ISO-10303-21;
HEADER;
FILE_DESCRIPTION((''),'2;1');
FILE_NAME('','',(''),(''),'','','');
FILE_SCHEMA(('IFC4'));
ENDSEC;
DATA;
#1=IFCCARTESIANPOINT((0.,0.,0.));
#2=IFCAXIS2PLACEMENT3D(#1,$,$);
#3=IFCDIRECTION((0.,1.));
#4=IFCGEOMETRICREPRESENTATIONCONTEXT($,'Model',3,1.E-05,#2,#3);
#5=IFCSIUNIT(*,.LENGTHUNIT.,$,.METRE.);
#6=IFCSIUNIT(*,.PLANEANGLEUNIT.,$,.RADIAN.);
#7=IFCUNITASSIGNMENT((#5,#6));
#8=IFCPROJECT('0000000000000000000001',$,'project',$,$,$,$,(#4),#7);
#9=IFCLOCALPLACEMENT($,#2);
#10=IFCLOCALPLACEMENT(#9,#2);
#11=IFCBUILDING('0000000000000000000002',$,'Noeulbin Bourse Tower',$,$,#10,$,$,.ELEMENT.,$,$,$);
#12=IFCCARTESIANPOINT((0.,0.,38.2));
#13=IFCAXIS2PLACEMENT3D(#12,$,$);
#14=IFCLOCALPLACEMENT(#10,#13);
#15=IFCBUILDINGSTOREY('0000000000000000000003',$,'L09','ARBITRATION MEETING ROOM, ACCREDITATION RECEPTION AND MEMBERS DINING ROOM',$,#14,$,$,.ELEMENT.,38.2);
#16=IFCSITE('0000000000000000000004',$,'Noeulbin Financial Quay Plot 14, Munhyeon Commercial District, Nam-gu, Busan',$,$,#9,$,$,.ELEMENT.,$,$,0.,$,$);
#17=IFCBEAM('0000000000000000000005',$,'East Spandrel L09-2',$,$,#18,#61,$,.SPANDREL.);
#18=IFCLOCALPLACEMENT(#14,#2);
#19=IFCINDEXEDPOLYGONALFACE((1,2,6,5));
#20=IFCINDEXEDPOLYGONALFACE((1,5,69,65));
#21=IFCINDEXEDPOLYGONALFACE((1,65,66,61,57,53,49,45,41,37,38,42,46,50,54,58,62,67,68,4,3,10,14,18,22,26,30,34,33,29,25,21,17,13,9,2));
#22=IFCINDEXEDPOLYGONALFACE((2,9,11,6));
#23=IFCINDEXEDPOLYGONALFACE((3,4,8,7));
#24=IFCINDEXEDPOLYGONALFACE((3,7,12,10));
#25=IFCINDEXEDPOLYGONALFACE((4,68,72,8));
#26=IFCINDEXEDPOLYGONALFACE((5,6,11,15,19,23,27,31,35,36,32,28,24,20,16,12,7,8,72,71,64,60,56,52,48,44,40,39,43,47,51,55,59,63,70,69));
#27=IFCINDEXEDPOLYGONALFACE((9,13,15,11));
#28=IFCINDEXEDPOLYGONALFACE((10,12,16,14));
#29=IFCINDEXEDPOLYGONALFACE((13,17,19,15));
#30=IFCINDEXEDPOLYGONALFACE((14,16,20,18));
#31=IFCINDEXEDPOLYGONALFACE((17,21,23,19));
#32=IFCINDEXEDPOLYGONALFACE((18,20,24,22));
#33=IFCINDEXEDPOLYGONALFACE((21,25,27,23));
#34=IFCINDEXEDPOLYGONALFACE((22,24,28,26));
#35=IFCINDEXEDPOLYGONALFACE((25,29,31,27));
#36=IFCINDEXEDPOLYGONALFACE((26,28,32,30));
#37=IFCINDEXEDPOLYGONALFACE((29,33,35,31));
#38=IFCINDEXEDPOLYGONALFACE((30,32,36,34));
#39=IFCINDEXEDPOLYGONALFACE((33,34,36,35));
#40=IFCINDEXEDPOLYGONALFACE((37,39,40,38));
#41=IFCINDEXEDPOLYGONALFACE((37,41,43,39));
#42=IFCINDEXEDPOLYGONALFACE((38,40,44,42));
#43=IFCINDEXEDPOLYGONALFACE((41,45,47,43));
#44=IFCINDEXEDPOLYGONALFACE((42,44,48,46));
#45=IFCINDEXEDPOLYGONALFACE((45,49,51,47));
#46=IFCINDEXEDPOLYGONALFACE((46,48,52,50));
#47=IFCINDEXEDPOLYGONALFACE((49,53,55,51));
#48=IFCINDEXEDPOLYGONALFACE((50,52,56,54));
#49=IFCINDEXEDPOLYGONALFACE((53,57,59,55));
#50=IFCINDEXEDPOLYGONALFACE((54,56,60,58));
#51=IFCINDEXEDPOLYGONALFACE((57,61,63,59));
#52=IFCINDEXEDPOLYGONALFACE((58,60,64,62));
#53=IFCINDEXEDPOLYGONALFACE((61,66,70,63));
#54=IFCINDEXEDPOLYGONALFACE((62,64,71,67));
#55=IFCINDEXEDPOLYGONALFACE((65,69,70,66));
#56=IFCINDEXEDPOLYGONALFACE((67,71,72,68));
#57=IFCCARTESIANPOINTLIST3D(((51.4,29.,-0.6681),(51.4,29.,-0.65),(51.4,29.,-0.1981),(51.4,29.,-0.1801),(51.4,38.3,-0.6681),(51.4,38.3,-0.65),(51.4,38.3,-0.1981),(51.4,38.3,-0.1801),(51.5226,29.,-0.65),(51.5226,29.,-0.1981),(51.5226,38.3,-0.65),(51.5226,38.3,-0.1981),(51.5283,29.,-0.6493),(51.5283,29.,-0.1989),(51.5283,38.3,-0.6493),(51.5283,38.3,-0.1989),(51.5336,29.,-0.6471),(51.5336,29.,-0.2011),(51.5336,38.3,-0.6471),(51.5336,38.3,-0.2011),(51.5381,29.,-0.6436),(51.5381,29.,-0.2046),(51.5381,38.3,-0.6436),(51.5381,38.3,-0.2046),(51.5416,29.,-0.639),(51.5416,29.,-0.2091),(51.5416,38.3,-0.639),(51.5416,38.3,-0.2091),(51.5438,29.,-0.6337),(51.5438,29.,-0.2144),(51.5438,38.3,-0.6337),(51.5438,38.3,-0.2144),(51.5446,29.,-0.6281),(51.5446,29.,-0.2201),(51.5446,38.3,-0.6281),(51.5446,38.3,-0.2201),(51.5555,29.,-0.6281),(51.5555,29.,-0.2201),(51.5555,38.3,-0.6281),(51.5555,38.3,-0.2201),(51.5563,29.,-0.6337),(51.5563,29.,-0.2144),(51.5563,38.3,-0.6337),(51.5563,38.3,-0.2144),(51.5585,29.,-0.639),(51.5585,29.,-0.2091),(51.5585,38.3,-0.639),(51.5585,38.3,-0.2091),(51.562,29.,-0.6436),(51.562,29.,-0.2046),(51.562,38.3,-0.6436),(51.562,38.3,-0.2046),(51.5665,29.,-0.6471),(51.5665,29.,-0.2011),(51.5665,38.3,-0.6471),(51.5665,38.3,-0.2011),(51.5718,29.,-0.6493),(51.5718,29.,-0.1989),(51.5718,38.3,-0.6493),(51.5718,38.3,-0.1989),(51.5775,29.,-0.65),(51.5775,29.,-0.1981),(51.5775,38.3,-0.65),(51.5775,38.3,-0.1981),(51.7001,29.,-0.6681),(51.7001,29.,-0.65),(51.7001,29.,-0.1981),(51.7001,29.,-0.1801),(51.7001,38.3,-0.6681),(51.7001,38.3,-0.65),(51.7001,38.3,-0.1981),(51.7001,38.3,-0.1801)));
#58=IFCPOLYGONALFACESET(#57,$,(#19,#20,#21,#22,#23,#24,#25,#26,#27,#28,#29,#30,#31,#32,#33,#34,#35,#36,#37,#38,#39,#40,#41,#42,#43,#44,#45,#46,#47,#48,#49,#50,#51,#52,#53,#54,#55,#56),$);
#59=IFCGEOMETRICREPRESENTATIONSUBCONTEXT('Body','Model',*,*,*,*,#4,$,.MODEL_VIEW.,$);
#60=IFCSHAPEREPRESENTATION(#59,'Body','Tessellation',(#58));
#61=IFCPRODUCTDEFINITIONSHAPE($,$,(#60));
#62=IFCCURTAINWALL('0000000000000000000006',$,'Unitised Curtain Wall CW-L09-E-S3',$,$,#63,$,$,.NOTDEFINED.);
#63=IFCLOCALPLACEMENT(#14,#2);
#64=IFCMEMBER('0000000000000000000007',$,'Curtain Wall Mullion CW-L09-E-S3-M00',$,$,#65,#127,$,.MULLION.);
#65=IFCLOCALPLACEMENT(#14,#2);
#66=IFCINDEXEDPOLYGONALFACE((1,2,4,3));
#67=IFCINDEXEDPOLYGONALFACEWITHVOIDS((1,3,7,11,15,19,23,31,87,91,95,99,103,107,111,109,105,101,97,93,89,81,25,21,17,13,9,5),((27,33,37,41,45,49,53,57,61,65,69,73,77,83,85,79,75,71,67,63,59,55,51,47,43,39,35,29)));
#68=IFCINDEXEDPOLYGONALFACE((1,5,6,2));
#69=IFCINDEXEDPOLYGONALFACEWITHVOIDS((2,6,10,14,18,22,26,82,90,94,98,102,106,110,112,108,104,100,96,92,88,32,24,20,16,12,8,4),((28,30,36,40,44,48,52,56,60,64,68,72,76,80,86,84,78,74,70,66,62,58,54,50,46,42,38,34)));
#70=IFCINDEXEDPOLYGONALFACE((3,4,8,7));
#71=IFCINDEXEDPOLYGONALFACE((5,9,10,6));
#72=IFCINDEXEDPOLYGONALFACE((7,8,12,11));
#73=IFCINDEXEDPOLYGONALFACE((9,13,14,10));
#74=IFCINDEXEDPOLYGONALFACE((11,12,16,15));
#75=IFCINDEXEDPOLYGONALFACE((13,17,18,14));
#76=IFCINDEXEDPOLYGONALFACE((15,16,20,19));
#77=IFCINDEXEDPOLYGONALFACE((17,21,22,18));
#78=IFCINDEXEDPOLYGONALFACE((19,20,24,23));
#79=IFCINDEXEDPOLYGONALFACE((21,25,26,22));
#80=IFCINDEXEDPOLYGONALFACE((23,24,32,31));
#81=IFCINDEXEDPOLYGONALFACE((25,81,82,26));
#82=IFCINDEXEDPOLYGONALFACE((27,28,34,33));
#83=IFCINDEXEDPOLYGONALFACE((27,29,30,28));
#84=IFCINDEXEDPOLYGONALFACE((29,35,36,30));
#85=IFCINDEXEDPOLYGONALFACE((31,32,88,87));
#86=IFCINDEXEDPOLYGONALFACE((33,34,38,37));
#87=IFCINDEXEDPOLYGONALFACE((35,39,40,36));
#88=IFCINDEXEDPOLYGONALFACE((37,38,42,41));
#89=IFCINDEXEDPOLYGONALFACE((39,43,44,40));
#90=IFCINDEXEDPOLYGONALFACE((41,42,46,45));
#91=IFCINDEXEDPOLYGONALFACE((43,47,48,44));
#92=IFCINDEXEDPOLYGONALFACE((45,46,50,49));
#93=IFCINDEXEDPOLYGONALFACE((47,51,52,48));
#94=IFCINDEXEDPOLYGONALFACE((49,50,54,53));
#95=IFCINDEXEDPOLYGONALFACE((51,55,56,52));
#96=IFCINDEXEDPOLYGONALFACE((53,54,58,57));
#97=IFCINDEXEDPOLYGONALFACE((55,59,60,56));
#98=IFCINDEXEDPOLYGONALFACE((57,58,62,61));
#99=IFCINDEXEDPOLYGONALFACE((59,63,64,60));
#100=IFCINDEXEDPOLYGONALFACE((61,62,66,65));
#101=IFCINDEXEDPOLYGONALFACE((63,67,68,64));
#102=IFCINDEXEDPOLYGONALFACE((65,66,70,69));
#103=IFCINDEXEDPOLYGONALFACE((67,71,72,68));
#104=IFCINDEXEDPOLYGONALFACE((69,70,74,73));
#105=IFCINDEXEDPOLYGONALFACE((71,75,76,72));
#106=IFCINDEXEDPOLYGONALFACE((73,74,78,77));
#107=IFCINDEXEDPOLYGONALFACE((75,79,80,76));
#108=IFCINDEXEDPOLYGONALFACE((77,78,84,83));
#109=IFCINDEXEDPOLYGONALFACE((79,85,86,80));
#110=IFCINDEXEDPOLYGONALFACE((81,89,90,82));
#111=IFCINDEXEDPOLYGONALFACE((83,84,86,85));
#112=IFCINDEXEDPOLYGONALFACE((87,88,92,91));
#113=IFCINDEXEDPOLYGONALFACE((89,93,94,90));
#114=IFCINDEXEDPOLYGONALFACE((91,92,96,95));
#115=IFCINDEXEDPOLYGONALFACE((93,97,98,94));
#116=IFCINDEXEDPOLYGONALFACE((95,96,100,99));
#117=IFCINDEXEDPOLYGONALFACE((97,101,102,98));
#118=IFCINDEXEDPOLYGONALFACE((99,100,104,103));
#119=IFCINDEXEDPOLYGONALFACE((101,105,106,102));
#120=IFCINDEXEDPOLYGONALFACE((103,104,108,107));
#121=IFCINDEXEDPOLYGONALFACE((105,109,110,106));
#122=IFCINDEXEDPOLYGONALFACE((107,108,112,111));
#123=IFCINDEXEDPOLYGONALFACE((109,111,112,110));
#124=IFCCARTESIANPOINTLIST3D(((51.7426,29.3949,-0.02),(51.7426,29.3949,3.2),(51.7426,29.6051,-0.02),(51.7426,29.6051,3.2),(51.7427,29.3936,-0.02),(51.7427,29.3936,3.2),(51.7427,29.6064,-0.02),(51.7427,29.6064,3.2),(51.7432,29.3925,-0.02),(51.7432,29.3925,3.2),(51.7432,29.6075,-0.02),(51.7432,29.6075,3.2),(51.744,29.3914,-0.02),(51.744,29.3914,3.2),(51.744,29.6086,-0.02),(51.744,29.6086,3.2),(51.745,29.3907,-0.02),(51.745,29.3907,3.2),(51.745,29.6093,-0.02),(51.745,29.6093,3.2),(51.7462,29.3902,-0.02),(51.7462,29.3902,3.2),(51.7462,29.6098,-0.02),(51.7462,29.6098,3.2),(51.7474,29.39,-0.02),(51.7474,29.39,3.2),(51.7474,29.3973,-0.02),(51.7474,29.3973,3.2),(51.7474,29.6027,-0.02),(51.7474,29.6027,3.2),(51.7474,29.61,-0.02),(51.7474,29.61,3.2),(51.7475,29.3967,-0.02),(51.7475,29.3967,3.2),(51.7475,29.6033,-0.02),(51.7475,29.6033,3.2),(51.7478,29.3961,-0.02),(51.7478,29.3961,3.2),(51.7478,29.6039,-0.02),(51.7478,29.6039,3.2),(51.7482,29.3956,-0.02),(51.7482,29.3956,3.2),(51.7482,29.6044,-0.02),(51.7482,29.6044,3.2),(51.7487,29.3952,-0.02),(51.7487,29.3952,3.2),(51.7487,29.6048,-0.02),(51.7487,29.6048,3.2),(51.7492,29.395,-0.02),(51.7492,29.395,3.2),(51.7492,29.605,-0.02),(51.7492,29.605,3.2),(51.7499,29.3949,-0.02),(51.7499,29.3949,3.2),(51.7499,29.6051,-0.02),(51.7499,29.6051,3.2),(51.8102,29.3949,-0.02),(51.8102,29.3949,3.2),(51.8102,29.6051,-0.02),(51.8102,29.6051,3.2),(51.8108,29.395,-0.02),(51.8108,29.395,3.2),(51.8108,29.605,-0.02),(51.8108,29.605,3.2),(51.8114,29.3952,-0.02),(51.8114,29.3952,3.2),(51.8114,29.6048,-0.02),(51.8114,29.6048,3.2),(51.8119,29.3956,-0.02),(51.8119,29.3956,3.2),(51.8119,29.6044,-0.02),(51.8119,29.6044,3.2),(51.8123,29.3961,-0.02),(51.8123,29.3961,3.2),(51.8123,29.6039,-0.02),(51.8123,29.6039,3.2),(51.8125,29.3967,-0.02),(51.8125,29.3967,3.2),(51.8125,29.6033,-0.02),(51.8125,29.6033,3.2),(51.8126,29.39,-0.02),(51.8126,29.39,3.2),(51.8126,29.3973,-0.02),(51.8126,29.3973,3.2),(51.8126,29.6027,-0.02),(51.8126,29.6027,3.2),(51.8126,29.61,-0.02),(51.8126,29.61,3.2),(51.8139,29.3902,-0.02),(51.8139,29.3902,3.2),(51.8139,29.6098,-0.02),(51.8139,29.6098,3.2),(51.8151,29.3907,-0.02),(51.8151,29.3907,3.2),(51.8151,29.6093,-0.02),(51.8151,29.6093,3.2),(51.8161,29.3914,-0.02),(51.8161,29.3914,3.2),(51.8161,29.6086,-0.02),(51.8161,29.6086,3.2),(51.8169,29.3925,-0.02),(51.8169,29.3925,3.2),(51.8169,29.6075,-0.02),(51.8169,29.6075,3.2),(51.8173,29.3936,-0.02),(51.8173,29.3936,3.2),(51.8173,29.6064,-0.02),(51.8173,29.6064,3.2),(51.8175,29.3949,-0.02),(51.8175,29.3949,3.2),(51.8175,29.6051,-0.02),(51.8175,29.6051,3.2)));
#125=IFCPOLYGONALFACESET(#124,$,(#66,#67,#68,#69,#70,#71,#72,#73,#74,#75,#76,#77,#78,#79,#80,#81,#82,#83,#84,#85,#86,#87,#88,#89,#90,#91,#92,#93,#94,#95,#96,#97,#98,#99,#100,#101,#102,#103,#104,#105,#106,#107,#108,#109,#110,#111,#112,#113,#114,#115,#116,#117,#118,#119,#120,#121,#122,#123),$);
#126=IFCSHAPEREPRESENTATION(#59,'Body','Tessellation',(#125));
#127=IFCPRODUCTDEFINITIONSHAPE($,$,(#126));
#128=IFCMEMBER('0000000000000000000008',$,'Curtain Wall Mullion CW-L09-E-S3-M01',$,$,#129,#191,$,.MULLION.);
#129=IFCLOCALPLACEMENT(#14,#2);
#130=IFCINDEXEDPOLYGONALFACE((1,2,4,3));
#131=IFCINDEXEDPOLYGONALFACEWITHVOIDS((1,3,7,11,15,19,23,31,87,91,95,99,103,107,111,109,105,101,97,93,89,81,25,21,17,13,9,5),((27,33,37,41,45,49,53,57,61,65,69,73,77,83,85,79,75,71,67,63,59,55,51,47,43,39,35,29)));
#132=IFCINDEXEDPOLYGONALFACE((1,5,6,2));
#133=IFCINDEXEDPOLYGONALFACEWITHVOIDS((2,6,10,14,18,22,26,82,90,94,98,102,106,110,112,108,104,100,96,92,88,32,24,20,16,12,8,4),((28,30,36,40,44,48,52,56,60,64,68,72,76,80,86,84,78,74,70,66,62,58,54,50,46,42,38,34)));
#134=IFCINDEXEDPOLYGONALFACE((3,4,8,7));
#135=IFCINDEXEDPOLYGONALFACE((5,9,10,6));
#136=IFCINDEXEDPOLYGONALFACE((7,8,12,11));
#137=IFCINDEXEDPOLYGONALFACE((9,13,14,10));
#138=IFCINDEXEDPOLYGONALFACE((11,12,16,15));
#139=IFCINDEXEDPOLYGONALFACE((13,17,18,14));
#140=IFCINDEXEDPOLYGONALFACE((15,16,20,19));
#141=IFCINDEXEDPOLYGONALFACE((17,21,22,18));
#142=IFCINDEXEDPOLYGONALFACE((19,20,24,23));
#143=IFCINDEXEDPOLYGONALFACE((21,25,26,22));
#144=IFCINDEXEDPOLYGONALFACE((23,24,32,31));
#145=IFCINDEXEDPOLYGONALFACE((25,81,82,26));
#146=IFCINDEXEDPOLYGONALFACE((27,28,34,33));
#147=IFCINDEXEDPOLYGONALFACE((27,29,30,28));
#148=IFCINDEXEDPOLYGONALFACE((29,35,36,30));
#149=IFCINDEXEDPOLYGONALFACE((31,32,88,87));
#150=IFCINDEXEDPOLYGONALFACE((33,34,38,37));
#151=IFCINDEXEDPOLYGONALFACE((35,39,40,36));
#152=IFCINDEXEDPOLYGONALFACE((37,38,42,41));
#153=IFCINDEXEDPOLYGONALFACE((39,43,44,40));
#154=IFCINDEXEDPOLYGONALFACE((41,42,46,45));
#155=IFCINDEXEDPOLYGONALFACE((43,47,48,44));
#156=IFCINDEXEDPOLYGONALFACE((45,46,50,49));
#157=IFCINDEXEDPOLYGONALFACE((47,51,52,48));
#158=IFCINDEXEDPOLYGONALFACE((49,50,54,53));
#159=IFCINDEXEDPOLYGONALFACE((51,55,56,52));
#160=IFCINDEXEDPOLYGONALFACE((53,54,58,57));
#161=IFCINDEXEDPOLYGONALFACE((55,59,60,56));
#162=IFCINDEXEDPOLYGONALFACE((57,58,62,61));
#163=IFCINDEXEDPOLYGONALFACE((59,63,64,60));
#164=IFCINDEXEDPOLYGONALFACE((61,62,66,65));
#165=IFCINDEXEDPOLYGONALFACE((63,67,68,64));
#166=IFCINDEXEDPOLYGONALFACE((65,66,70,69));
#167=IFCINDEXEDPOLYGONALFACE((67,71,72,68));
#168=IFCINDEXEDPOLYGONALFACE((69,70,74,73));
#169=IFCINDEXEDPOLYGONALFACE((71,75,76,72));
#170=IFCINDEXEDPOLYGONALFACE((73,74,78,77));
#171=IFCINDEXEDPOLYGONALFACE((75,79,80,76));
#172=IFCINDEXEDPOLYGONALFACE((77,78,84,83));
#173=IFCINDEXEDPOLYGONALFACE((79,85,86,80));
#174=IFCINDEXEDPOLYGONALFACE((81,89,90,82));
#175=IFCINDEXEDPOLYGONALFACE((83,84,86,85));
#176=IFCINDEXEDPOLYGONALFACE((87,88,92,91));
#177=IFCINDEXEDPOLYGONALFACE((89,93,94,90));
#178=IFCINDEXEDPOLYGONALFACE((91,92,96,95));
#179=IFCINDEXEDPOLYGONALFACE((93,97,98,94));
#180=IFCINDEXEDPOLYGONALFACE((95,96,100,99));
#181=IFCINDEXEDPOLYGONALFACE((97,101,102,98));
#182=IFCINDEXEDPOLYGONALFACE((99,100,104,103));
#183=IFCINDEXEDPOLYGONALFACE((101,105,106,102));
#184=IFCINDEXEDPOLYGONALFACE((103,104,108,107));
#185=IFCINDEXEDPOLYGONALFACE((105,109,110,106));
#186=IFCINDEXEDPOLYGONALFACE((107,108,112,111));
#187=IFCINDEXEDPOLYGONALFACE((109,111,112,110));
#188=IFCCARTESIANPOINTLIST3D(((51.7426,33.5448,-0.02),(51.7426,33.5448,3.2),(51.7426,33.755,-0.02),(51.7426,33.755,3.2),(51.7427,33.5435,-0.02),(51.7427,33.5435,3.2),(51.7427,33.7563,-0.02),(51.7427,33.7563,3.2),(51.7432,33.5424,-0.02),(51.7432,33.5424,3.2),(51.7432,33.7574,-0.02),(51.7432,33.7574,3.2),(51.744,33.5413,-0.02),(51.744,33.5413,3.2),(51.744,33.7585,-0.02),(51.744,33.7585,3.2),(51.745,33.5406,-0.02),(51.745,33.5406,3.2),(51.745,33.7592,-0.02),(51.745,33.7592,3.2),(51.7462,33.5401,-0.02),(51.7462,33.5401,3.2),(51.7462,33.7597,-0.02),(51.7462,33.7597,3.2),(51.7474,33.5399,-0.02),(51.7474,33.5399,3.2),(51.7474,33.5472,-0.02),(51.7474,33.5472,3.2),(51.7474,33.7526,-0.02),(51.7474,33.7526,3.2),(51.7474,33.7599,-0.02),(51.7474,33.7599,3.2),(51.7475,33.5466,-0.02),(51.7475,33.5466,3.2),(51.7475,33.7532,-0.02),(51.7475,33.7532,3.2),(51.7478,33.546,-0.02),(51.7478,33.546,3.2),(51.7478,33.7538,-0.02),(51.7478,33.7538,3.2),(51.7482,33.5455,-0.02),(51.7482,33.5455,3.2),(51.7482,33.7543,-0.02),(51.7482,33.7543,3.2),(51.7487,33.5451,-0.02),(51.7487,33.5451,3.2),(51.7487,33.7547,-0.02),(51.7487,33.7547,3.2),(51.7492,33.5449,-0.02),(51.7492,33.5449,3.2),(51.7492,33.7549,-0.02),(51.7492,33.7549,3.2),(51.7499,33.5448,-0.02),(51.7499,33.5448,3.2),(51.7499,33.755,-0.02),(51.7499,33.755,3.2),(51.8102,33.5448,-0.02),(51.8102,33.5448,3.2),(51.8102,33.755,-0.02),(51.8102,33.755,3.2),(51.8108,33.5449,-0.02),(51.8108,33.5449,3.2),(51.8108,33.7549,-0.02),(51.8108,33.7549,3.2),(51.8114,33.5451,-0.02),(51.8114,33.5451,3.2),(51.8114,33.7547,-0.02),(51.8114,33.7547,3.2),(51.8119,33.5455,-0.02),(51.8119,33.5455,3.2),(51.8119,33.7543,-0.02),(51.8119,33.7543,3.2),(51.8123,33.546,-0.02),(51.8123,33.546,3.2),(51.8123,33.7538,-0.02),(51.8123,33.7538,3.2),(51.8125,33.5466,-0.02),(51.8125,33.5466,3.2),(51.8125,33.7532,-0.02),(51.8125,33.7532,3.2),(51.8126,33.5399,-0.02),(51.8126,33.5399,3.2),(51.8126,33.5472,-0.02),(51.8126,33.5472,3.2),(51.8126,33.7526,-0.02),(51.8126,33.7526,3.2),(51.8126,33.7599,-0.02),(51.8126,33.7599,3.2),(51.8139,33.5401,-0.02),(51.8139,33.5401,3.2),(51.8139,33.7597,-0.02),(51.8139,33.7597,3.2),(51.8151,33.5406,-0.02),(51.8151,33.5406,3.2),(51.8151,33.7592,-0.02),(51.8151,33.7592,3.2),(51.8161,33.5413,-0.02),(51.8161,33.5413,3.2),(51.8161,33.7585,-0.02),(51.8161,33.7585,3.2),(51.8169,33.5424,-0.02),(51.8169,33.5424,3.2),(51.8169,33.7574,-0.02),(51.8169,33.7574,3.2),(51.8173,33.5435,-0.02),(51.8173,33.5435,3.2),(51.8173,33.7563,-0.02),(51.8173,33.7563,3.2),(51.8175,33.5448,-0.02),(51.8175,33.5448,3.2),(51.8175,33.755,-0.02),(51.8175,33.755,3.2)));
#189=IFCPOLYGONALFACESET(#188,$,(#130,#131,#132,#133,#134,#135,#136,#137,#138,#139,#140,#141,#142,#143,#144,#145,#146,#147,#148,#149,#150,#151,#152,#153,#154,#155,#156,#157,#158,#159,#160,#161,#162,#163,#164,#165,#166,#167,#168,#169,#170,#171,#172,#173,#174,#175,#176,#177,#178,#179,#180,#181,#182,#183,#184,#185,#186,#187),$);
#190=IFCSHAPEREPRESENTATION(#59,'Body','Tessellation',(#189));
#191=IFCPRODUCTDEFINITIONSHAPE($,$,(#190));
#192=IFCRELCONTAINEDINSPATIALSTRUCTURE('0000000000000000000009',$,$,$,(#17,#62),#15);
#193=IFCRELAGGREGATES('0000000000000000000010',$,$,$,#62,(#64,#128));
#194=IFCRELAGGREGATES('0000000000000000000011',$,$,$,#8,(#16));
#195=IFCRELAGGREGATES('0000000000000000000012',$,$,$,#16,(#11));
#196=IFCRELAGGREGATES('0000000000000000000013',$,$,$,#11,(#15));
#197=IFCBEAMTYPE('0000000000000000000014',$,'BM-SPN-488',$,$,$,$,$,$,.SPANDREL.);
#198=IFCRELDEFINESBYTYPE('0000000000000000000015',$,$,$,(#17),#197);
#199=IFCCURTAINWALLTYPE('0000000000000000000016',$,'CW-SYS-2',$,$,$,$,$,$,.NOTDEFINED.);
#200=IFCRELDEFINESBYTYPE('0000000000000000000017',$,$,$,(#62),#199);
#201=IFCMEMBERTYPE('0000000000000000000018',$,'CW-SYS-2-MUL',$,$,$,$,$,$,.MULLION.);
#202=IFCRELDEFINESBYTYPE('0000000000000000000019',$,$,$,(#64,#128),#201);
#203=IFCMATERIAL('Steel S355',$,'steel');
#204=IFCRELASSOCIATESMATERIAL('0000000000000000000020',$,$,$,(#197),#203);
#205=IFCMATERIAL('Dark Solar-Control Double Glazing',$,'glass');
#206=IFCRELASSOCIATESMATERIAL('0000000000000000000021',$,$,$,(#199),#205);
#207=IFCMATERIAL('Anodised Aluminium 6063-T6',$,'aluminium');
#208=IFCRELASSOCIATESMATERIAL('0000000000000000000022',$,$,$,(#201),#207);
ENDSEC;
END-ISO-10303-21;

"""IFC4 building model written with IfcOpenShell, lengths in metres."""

from ifc_helpers import new_model, si_unit, direction, frame, origin, origin_2d, place, context, subcontext, project, spatial, hollow_rectangle, i_section, extrude, material, material_profile, profile_set, type_object, element, aggregate, save


model = new_model("IFC4")

# Units and contexts
model_context = context("Model", 3, precision=1e-05, world=origin(), true_north=direction((0.0, 1.0)))
body_context = subcontext(model_context, "Body", "Model", "MODEL_VIEW")
ifc_project = project(units=[si_unit("LENGTHUNIT", "METRE"), si_unit("PLANEANGLEUNIT", "RADIAN")], contexts=[model_context])

# Site, building, storey
site_placement = place(None, origin())
site = spatial("IfcSite", under=ifc_project, at=site_placement, Name="Noeulbin Financial Quay Plot 14, Munhyeon Commercial District, Nam-gu, Busan", CompositionType="ELEMENT", RefElevation=0.0)
building_placement = place(site_placement, origin())
building = spatial("IfcBuilding", under=site, at=building_placement, Name="Noeulbin Bourse Tower", CompositionType="ELEMENT")
storey_placement = place(building_placement, frame((0.0, 0.0, 38.2)))
storey = spatial("IfcBuildingStorey", under=building, at=storey_placement, Name="L09", Description="ARBITRATION MEETING ROOM, ACCREDITATION RECEPTION AND MEMBERS DINING ROOM", CompositionType="ELEMENT", Elevation=38.2)

# Beam
ifc_material_1 = material(Name="Steel S355", Category="steel")
ifc_material_profile_1 = material_profile(ifc_material_1, i_section(OverallWidth=0.3, OverallDepth=0.488, WebThickness=0.011, FlangeThickness=0.0181, FilletRadius=0.022, at=origin_2d()), Name="H-488x300x11x18", Category="LoadBearing")
ifc_profile_set_1 = profile_set([ifc_material_profile_1], Name="Steel S355")
beam_type_1 = type_object("IfcBeamType", Name="BM-SPN-488", PredefinedType="SPANDREL", material=ifc_profile_set_1)
beam_1_placement = place(storey_placement, frame((51.55, 29.0, -0.4241), z_axis=(0.0, 1.0, 0.0), x_axis=(-1.0, 0.0, 0.0)))
element("IfcBeam", 1, at=beam_1_placement, inside=storey, type_object=beam_type_1, Name="East Spandrel L09-2", PredefinedType="SPANDREL", context=body_context, shape_type="SweptSolid", body=[
    extrude(i_section(OverallWidth=0.3, OverallDepth=0.488, WebThickness=0.011, FlangeThickness=0.0181, FilletRadius=0.022, at=origin_2d()), origin(), (0.0, 0.0, 1.0), 9.3),
])

# Curtain wall, members
ifc_material_2 = material(Name="Dark Solar-Control Double Glazing", Category="glass")
curtain_wall_type = type_object("IfcCurtainWallType", Name="CW-SYS-2", PredefinedType="NOTDEFINED", material=ifc_material_2)
curtain_wall_placement = place(storey_placement, origin())
curtain_wall = element("IfcCurtainWall", 2, at=curtain_wall_placement, inside=storey, type_object=curtain_wall_type, Name="Unitised Curtain Wall CW-L09-E-S3", PredefinedType="NOTDEFINED")
ifc_material_3 = material(Name="Anodised Aluminium 6063-T6", Category="aluminium")
ifc_material_profile_2 = material_profile(ifc_material_3, hollow_rectangle(XDim=0.075, YDim=0.22, WallThickness=0.0049, InnerFilletRadius=0.0024, OuterFilletRadius=0.0049, at=origin_2d()), Name="ALU-MULL-75x220x5", Category="LoadBearing")
ifc_profile_set_2 = profile_set([ifc_material_profile_2], Name="Anodised Aluminium 6063-T6")
member_type_1 = type_object("IfcMemberType", Name="CW-SYS-2-MUL", PredefinedType="MULLION", material=ifc_profile_set_2)
member_1_placement = place(storey_placement, frame((51.78, 29.5, -0.02), z_axis=(0.0, 0.0, 1.0), x_axis=(1.0, 0.0, 0.0)))
member_1 = element("IfcMember", 3, at=member_1_placement, type_object=member_type_1, Name="Curtain Wall Mullion CW-L09-E-S3-M00", PredefinedType="MULLION", context=body_context, shape_type="SweptSolid", body=[
    extrude(hollow_rectangle(XDim=0.075, YDim=0.22, WallThickness=0.0049, InnerFilletRadius=0.0024, OuterFilletRadius=0.0049, at=origin_2d()), origin(), (0.0, 0.0, 1.0), 3.22),
])
member_2_placement = place(storey_placement, frame((51.78, 33.6499, -0.02), z_axis=(0.0, 0.0, 1.0), x_axis=(1.0, 0.0, 0.0)))
member_2 = element("IfcMember", 4, at=member_2_placement, type_object=member_type_1, Name="Curtain Wall Mullion CW-L09-E-S3-M01", PredefinedType="MULLION", context=body_context, shape_type="SweptSolid", body=[
    extrude(hollow_rectangle(XDim=0.075, YDim=0.22, WallThickness=0.0049, InnerFilletRadius=0.0024, OuterFilletRadius=0.0049, at=origin_2d()), origin(), (0.0, 0.0, 1.0), 3.22),
])
aggregate(curtain_wall, [member_1, member_2])

save(model, "model.ifc")
